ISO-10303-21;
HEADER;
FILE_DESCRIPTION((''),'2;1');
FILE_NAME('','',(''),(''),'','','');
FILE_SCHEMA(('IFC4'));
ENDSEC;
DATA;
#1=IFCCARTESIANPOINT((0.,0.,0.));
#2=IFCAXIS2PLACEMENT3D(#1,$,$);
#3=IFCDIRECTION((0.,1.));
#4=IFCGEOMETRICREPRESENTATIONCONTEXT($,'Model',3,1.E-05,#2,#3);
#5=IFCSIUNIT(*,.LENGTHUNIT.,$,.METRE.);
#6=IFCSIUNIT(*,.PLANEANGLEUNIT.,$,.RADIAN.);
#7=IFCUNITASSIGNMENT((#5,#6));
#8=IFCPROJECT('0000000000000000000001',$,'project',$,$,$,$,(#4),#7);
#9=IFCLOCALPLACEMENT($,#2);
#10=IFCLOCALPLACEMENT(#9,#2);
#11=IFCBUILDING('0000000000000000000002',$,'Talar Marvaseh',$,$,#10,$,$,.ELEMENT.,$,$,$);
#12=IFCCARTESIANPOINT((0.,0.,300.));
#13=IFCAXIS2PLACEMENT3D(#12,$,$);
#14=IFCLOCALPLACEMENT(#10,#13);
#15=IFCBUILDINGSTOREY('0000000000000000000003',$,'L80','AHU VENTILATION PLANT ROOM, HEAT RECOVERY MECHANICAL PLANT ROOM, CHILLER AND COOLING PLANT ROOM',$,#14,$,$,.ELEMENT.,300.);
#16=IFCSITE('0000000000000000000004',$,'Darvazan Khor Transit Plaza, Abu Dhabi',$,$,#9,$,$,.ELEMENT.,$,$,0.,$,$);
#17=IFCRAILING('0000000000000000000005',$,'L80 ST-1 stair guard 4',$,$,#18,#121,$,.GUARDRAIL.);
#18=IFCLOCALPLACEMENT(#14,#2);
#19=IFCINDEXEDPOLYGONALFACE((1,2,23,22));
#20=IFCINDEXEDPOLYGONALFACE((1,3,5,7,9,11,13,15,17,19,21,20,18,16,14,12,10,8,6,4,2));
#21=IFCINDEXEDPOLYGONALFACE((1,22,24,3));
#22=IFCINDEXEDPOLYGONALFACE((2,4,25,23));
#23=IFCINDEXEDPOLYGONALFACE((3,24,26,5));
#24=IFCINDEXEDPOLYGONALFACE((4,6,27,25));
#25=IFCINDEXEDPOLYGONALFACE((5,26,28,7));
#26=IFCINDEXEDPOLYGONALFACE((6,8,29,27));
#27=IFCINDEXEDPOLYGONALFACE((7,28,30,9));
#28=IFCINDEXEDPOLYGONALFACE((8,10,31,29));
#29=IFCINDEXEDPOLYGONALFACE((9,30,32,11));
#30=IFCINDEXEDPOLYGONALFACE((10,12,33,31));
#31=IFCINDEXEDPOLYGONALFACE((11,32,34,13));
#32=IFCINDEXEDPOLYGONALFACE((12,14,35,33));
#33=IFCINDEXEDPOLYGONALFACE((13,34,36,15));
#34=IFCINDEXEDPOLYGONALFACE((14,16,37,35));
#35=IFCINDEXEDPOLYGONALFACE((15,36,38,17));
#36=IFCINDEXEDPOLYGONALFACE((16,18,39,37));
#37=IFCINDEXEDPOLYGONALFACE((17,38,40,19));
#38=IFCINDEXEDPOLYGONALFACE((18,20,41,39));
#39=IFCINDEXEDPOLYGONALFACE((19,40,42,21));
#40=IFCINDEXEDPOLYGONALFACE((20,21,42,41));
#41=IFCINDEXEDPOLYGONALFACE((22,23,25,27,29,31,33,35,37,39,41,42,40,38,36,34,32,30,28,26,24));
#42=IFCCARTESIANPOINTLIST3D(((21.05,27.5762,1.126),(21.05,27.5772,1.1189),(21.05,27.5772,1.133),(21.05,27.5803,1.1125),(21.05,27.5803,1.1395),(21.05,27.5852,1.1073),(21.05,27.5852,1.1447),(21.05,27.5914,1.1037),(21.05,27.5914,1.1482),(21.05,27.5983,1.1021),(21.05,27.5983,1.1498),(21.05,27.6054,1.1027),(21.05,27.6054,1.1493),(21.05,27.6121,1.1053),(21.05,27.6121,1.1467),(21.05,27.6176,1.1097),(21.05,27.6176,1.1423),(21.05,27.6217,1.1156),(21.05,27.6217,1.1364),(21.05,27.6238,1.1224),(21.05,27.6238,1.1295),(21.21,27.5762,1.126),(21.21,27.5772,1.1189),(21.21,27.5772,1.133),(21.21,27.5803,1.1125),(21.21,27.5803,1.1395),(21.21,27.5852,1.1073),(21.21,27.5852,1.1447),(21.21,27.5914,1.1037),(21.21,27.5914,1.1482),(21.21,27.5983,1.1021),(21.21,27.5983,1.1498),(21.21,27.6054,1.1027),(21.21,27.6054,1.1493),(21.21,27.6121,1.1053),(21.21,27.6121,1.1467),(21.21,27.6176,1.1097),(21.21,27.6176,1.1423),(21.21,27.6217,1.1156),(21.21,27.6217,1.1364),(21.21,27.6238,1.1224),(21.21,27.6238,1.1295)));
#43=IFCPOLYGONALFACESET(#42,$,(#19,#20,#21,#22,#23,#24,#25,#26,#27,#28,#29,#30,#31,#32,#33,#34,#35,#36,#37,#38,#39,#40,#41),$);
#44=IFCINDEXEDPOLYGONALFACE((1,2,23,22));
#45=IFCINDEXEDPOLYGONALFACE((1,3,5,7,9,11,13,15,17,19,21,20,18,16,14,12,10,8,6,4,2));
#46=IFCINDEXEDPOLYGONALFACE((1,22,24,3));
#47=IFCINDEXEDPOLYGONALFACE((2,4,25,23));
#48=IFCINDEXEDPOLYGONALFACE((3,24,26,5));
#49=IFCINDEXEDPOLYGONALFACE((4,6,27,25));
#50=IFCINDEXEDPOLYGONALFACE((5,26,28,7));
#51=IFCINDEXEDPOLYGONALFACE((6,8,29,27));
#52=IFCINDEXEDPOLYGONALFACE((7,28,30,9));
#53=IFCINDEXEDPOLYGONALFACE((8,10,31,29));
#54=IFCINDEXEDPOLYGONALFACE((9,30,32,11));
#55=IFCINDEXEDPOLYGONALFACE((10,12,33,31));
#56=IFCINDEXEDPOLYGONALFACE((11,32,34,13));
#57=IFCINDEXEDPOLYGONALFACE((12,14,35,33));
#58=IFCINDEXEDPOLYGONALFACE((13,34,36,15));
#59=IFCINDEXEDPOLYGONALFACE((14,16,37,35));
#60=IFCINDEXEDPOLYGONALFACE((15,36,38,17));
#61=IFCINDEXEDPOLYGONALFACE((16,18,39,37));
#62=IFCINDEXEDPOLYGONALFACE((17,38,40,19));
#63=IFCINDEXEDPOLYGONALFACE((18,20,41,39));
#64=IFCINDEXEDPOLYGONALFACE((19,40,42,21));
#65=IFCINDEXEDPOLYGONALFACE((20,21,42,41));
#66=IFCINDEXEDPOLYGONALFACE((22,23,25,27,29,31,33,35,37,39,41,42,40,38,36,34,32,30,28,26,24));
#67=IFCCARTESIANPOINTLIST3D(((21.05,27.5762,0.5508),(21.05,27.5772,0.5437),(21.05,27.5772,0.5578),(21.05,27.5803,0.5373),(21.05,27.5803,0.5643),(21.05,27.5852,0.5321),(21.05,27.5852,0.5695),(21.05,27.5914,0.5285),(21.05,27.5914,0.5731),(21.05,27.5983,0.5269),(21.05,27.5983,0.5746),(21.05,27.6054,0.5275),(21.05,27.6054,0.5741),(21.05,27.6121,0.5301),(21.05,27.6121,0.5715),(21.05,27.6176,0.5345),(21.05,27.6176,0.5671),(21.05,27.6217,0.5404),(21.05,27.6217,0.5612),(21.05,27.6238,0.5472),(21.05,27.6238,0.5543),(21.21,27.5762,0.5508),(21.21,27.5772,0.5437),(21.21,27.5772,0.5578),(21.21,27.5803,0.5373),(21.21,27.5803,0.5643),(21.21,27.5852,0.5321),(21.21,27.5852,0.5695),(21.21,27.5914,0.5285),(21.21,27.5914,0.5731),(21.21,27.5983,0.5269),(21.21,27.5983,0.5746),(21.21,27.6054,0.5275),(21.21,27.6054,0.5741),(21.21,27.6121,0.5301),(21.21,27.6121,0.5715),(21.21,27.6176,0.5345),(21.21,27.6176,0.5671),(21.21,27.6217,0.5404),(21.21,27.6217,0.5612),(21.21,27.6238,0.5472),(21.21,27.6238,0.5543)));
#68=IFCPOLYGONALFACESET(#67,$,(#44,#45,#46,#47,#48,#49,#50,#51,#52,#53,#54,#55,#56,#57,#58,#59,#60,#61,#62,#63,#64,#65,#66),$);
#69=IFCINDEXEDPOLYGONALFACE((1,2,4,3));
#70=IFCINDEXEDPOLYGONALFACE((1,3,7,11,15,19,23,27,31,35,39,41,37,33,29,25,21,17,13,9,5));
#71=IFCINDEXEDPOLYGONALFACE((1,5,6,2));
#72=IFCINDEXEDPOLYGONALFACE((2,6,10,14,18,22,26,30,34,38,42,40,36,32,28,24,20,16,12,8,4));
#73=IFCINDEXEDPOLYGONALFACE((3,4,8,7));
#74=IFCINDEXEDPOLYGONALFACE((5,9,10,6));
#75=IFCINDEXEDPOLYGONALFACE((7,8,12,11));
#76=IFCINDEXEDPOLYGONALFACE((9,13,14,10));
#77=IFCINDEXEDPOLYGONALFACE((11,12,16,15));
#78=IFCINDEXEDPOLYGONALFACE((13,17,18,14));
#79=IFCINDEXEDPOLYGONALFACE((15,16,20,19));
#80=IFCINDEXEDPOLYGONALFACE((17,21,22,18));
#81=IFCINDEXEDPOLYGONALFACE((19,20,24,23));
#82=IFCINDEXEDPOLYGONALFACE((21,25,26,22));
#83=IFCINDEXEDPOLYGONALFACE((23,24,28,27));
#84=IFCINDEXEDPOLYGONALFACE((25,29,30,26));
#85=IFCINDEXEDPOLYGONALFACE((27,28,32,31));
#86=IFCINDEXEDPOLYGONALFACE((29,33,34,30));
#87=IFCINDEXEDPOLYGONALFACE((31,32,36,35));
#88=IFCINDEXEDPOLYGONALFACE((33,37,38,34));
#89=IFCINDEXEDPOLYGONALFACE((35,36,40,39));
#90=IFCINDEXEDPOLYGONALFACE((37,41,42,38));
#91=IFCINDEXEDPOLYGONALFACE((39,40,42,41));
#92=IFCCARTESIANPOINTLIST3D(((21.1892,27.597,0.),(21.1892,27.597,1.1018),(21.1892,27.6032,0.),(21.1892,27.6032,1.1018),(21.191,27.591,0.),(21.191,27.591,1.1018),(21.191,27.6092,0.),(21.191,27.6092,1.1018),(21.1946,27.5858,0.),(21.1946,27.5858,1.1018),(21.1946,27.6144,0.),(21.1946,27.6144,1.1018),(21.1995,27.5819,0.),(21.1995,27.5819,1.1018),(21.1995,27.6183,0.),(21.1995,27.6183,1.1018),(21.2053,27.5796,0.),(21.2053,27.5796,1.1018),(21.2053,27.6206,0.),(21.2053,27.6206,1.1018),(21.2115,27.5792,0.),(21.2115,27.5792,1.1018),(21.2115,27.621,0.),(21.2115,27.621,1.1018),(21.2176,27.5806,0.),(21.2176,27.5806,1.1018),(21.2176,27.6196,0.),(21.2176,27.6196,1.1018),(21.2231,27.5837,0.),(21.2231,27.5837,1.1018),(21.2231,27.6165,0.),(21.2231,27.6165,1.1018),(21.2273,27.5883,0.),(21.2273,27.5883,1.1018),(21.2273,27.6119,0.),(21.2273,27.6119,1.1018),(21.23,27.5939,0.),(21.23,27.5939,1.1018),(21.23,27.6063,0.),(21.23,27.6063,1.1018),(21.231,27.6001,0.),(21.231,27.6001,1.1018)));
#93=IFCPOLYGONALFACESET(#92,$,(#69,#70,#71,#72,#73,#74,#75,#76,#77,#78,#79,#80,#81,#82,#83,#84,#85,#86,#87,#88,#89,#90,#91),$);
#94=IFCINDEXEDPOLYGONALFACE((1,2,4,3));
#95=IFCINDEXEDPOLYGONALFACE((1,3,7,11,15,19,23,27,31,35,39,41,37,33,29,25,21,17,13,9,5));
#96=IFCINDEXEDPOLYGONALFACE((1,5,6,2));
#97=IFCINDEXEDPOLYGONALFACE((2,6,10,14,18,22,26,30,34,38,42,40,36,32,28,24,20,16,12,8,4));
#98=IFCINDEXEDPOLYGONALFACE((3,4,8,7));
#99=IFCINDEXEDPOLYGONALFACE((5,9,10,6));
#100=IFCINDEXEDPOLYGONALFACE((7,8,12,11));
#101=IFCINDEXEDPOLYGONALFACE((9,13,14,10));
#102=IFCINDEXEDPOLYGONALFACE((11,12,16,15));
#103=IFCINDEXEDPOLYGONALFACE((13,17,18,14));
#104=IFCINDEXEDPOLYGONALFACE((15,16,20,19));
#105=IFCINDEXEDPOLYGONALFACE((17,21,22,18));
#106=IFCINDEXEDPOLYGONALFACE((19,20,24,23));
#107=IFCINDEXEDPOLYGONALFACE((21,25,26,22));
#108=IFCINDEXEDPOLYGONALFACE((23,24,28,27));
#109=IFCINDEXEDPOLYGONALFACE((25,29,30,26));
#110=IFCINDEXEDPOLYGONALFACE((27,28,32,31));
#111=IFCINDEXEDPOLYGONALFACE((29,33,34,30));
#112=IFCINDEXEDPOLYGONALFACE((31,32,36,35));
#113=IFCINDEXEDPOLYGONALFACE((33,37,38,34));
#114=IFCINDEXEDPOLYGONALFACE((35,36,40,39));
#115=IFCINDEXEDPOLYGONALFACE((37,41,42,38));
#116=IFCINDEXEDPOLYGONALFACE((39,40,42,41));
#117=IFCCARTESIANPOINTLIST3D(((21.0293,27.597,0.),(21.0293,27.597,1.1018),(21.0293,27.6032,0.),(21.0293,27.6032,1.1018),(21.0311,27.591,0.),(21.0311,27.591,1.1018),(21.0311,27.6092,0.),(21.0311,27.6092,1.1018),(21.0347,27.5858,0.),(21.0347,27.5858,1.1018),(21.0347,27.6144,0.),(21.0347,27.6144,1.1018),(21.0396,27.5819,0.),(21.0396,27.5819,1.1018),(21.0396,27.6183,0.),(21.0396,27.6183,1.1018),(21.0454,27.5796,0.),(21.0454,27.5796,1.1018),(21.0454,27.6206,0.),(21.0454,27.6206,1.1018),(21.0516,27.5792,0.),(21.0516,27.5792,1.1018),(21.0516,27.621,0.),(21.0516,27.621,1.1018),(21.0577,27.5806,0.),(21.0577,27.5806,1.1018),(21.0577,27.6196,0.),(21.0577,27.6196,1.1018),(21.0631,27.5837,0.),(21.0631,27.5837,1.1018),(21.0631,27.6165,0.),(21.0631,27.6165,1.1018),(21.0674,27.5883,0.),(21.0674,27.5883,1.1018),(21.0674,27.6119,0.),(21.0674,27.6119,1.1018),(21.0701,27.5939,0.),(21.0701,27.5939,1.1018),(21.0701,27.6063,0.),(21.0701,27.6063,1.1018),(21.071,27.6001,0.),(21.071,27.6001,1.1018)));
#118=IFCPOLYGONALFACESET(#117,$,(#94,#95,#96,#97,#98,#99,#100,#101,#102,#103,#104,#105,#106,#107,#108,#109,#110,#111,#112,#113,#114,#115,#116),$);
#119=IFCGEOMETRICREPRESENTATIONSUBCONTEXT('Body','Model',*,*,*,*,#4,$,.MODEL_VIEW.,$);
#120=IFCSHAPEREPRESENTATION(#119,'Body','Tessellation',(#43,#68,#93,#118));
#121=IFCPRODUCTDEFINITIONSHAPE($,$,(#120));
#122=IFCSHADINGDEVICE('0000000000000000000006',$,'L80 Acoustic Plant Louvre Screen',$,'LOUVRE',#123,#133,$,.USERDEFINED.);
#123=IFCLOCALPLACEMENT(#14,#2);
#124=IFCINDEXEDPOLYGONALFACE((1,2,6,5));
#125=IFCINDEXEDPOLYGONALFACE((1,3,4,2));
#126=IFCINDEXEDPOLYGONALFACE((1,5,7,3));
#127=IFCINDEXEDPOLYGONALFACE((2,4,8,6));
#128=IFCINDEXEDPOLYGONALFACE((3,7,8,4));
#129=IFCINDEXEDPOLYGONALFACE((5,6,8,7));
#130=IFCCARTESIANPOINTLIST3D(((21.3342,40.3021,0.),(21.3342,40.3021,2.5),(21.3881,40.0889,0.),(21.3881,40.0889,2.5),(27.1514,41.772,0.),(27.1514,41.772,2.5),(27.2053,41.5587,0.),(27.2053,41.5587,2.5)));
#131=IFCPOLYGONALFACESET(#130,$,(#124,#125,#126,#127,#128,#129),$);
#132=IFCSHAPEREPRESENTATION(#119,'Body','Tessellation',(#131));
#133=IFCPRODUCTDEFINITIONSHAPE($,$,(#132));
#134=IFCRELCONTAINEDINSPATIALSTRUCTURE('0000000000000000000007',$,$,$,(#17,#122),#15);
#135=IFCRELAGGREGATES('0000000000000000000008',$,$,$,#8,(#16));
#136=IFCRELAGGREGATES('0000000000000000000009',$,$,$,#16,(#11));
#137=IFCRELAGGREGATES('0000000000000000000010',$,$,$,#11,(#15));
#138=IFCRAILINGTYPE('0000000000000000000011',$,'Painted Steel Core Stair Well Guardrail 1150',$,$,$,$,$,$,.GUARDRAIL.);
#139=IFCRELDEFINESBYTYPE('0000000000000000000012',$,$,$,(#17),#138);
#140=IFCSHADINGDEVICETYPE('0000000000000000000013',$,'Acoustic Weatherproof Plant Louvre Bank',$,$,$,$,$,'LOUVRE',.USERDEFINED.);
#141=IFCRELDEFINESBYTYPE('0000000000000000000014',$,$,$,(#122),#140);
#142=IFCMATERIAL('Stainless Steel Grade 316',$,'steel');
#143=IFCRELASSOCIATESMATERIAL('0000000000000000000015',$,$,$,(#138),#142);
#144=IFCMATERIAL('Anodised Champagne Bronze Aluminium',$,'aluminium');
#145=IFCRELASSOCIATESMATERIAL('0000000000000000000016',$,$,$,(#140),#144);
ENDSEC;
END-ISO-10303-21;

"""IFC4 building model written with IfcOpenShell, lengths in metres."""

from ifc_helpers import new_model, si_unit, direction, frame, origin, origin_2d, place, context, subcontext, project, spatial, rectangle, circle, extrude, source, transform, mapped, material, type_object, type_shapes, element, save


model = new_model("IFC4")

# Units and contexts
model_context = context("Model", 3, precision=1e-05, world=origin(), true_north=direction((0.0, 1.0)))
body_context = subcontext(model_context, "Body", "Model", "MODEL_VIEW")
ifc_project = project(units=[si_unit("LENGTHUNIT", "METRE"), si_unit("PLANEANGLEUNIT", "RADIAN")], contexts=[model_context])

# Site, building, storey
site_placement = place(None, origin())
site = spatial("IfcSite", under=ifc_project, at=site_placement, Name="Darvazan Khor Transit Plaza, Abu Dhabi", CompositionType="ELEMENT", RefElevation=0.0)
building_placement = place(site_placement, origin())
building = spatial("IfcBuilding", under=site, at=building_placement, Name="Talar Marvaseh", CompositionType="ELEMENT")
storey_placement = place(building_placement, frame((0.0, 0.0, 300.0)))
storey = spatial("IfcBuildingStorey", under=building, at=storey_placement, Name="L80", Description="AHU VENTILATION PLANT ROOM, HEAT RECOVERY MECHANICAL PLANT ROOM, CHILLER AND COOLING PLANT ROOM", CompositionType="ELEMENT", Elevation=300.0)

# Shared definitions
ifc_material_1 = material(Name="Stainless Steel Grade 316", Category="steel")

# Railing
railing_type_1 = type_object("IfcRailingType", Name="Painted Steel Core Stair Well Guardrail 1150", PredefinedType="GUARDRAIL", material=ifc_material_1)
railing_1_placement = place(storey_placement, frame((21.21, 27.6001, 0.0)))
element("IfcRailing", 1, at=railing_1_placement, inside=storey, type_object=railing_type_1, Name="L80 ST-1 stair guard 4", PredefinedType="GUARDRAIL", context=body_context, shape_type="SweptSolid", body=[
    extrude(circle(Radius=0.0239, at=origin_2d()), frame((0.0, 0.0, 1.126), z_axis=(-1.0, 0.0, 0.0), x_axis=(0.0, -1.0, 0.0)), (0.0, 0.0, 1.0), 0.1599),
    extrude(circle(Radius=0.0239, at=origin_2d()), frame((0.0, 0.0, 0.5508), z_axis=(-1.0, 0.0, 0.0), x_axis=(0.0, -1.0, 0.0)), (0.0, 0.0, 1.0), 0.1599),
    extrude(circle(Radius=0.021, at=origin_2d()), origin(), (0.0, 0.0, 1.0), 1.1018),
    extrude(circle(Radius=0.021, at=origin_2d()), frame((-0.1599, 0.0, 0.0)), (0.0, 0.0, 1.0), 1.1018),
])

# Shading device
ifc_material_2 = material(Name="Anodised Champagne Bronze Aluminium", Category="aluminium")
shading_device_type = type_object("IfcShadingDeviceType", Name="Acoustic Weatherproof Plant Louvre Bank", ElementType="LOUVRE", PredefinedType="USERDEFINED", material=ifc_material_2)
shared_shape_1 = source(origin(), body_context, "Body", "SweptSolid", [
    extrude(rectangle(XDim=6.0, YDim=0.22, at=origin_2d()), origin(), (0.0, 0.0, 1.0), 2.5),
])
type_shapes(shading_device_type, [shared_shape_1])
shading_device_placement = place(storey_placement, frame((24.2698, 40.9304, 0.0), z_axis=(0.0, 0.0, 1.0), x_axis=(0.969531, 0.244969, 0.0)))
element("IfcShadingDevice", 2, at=shading_device_placement, inside=storey, type_object=shading_device_type, Name="L80 Acoustic Plant Louvre Screen", ObjectType="LOUVRE", PredefinedType="USERDEFINED", context=body_context, shape_type="MappedRepresentation", body=[
    mapped(shared_shape_1, transform((0.0, 0.0, 0.0), x_axis=(1.0, 0.0, 0.0), y_axis=(0.0, 1.0, 0.0), z_axis=(0.0, 0.0, 1.0), scale=1.0)),
])

save(model, "model.ifc")
